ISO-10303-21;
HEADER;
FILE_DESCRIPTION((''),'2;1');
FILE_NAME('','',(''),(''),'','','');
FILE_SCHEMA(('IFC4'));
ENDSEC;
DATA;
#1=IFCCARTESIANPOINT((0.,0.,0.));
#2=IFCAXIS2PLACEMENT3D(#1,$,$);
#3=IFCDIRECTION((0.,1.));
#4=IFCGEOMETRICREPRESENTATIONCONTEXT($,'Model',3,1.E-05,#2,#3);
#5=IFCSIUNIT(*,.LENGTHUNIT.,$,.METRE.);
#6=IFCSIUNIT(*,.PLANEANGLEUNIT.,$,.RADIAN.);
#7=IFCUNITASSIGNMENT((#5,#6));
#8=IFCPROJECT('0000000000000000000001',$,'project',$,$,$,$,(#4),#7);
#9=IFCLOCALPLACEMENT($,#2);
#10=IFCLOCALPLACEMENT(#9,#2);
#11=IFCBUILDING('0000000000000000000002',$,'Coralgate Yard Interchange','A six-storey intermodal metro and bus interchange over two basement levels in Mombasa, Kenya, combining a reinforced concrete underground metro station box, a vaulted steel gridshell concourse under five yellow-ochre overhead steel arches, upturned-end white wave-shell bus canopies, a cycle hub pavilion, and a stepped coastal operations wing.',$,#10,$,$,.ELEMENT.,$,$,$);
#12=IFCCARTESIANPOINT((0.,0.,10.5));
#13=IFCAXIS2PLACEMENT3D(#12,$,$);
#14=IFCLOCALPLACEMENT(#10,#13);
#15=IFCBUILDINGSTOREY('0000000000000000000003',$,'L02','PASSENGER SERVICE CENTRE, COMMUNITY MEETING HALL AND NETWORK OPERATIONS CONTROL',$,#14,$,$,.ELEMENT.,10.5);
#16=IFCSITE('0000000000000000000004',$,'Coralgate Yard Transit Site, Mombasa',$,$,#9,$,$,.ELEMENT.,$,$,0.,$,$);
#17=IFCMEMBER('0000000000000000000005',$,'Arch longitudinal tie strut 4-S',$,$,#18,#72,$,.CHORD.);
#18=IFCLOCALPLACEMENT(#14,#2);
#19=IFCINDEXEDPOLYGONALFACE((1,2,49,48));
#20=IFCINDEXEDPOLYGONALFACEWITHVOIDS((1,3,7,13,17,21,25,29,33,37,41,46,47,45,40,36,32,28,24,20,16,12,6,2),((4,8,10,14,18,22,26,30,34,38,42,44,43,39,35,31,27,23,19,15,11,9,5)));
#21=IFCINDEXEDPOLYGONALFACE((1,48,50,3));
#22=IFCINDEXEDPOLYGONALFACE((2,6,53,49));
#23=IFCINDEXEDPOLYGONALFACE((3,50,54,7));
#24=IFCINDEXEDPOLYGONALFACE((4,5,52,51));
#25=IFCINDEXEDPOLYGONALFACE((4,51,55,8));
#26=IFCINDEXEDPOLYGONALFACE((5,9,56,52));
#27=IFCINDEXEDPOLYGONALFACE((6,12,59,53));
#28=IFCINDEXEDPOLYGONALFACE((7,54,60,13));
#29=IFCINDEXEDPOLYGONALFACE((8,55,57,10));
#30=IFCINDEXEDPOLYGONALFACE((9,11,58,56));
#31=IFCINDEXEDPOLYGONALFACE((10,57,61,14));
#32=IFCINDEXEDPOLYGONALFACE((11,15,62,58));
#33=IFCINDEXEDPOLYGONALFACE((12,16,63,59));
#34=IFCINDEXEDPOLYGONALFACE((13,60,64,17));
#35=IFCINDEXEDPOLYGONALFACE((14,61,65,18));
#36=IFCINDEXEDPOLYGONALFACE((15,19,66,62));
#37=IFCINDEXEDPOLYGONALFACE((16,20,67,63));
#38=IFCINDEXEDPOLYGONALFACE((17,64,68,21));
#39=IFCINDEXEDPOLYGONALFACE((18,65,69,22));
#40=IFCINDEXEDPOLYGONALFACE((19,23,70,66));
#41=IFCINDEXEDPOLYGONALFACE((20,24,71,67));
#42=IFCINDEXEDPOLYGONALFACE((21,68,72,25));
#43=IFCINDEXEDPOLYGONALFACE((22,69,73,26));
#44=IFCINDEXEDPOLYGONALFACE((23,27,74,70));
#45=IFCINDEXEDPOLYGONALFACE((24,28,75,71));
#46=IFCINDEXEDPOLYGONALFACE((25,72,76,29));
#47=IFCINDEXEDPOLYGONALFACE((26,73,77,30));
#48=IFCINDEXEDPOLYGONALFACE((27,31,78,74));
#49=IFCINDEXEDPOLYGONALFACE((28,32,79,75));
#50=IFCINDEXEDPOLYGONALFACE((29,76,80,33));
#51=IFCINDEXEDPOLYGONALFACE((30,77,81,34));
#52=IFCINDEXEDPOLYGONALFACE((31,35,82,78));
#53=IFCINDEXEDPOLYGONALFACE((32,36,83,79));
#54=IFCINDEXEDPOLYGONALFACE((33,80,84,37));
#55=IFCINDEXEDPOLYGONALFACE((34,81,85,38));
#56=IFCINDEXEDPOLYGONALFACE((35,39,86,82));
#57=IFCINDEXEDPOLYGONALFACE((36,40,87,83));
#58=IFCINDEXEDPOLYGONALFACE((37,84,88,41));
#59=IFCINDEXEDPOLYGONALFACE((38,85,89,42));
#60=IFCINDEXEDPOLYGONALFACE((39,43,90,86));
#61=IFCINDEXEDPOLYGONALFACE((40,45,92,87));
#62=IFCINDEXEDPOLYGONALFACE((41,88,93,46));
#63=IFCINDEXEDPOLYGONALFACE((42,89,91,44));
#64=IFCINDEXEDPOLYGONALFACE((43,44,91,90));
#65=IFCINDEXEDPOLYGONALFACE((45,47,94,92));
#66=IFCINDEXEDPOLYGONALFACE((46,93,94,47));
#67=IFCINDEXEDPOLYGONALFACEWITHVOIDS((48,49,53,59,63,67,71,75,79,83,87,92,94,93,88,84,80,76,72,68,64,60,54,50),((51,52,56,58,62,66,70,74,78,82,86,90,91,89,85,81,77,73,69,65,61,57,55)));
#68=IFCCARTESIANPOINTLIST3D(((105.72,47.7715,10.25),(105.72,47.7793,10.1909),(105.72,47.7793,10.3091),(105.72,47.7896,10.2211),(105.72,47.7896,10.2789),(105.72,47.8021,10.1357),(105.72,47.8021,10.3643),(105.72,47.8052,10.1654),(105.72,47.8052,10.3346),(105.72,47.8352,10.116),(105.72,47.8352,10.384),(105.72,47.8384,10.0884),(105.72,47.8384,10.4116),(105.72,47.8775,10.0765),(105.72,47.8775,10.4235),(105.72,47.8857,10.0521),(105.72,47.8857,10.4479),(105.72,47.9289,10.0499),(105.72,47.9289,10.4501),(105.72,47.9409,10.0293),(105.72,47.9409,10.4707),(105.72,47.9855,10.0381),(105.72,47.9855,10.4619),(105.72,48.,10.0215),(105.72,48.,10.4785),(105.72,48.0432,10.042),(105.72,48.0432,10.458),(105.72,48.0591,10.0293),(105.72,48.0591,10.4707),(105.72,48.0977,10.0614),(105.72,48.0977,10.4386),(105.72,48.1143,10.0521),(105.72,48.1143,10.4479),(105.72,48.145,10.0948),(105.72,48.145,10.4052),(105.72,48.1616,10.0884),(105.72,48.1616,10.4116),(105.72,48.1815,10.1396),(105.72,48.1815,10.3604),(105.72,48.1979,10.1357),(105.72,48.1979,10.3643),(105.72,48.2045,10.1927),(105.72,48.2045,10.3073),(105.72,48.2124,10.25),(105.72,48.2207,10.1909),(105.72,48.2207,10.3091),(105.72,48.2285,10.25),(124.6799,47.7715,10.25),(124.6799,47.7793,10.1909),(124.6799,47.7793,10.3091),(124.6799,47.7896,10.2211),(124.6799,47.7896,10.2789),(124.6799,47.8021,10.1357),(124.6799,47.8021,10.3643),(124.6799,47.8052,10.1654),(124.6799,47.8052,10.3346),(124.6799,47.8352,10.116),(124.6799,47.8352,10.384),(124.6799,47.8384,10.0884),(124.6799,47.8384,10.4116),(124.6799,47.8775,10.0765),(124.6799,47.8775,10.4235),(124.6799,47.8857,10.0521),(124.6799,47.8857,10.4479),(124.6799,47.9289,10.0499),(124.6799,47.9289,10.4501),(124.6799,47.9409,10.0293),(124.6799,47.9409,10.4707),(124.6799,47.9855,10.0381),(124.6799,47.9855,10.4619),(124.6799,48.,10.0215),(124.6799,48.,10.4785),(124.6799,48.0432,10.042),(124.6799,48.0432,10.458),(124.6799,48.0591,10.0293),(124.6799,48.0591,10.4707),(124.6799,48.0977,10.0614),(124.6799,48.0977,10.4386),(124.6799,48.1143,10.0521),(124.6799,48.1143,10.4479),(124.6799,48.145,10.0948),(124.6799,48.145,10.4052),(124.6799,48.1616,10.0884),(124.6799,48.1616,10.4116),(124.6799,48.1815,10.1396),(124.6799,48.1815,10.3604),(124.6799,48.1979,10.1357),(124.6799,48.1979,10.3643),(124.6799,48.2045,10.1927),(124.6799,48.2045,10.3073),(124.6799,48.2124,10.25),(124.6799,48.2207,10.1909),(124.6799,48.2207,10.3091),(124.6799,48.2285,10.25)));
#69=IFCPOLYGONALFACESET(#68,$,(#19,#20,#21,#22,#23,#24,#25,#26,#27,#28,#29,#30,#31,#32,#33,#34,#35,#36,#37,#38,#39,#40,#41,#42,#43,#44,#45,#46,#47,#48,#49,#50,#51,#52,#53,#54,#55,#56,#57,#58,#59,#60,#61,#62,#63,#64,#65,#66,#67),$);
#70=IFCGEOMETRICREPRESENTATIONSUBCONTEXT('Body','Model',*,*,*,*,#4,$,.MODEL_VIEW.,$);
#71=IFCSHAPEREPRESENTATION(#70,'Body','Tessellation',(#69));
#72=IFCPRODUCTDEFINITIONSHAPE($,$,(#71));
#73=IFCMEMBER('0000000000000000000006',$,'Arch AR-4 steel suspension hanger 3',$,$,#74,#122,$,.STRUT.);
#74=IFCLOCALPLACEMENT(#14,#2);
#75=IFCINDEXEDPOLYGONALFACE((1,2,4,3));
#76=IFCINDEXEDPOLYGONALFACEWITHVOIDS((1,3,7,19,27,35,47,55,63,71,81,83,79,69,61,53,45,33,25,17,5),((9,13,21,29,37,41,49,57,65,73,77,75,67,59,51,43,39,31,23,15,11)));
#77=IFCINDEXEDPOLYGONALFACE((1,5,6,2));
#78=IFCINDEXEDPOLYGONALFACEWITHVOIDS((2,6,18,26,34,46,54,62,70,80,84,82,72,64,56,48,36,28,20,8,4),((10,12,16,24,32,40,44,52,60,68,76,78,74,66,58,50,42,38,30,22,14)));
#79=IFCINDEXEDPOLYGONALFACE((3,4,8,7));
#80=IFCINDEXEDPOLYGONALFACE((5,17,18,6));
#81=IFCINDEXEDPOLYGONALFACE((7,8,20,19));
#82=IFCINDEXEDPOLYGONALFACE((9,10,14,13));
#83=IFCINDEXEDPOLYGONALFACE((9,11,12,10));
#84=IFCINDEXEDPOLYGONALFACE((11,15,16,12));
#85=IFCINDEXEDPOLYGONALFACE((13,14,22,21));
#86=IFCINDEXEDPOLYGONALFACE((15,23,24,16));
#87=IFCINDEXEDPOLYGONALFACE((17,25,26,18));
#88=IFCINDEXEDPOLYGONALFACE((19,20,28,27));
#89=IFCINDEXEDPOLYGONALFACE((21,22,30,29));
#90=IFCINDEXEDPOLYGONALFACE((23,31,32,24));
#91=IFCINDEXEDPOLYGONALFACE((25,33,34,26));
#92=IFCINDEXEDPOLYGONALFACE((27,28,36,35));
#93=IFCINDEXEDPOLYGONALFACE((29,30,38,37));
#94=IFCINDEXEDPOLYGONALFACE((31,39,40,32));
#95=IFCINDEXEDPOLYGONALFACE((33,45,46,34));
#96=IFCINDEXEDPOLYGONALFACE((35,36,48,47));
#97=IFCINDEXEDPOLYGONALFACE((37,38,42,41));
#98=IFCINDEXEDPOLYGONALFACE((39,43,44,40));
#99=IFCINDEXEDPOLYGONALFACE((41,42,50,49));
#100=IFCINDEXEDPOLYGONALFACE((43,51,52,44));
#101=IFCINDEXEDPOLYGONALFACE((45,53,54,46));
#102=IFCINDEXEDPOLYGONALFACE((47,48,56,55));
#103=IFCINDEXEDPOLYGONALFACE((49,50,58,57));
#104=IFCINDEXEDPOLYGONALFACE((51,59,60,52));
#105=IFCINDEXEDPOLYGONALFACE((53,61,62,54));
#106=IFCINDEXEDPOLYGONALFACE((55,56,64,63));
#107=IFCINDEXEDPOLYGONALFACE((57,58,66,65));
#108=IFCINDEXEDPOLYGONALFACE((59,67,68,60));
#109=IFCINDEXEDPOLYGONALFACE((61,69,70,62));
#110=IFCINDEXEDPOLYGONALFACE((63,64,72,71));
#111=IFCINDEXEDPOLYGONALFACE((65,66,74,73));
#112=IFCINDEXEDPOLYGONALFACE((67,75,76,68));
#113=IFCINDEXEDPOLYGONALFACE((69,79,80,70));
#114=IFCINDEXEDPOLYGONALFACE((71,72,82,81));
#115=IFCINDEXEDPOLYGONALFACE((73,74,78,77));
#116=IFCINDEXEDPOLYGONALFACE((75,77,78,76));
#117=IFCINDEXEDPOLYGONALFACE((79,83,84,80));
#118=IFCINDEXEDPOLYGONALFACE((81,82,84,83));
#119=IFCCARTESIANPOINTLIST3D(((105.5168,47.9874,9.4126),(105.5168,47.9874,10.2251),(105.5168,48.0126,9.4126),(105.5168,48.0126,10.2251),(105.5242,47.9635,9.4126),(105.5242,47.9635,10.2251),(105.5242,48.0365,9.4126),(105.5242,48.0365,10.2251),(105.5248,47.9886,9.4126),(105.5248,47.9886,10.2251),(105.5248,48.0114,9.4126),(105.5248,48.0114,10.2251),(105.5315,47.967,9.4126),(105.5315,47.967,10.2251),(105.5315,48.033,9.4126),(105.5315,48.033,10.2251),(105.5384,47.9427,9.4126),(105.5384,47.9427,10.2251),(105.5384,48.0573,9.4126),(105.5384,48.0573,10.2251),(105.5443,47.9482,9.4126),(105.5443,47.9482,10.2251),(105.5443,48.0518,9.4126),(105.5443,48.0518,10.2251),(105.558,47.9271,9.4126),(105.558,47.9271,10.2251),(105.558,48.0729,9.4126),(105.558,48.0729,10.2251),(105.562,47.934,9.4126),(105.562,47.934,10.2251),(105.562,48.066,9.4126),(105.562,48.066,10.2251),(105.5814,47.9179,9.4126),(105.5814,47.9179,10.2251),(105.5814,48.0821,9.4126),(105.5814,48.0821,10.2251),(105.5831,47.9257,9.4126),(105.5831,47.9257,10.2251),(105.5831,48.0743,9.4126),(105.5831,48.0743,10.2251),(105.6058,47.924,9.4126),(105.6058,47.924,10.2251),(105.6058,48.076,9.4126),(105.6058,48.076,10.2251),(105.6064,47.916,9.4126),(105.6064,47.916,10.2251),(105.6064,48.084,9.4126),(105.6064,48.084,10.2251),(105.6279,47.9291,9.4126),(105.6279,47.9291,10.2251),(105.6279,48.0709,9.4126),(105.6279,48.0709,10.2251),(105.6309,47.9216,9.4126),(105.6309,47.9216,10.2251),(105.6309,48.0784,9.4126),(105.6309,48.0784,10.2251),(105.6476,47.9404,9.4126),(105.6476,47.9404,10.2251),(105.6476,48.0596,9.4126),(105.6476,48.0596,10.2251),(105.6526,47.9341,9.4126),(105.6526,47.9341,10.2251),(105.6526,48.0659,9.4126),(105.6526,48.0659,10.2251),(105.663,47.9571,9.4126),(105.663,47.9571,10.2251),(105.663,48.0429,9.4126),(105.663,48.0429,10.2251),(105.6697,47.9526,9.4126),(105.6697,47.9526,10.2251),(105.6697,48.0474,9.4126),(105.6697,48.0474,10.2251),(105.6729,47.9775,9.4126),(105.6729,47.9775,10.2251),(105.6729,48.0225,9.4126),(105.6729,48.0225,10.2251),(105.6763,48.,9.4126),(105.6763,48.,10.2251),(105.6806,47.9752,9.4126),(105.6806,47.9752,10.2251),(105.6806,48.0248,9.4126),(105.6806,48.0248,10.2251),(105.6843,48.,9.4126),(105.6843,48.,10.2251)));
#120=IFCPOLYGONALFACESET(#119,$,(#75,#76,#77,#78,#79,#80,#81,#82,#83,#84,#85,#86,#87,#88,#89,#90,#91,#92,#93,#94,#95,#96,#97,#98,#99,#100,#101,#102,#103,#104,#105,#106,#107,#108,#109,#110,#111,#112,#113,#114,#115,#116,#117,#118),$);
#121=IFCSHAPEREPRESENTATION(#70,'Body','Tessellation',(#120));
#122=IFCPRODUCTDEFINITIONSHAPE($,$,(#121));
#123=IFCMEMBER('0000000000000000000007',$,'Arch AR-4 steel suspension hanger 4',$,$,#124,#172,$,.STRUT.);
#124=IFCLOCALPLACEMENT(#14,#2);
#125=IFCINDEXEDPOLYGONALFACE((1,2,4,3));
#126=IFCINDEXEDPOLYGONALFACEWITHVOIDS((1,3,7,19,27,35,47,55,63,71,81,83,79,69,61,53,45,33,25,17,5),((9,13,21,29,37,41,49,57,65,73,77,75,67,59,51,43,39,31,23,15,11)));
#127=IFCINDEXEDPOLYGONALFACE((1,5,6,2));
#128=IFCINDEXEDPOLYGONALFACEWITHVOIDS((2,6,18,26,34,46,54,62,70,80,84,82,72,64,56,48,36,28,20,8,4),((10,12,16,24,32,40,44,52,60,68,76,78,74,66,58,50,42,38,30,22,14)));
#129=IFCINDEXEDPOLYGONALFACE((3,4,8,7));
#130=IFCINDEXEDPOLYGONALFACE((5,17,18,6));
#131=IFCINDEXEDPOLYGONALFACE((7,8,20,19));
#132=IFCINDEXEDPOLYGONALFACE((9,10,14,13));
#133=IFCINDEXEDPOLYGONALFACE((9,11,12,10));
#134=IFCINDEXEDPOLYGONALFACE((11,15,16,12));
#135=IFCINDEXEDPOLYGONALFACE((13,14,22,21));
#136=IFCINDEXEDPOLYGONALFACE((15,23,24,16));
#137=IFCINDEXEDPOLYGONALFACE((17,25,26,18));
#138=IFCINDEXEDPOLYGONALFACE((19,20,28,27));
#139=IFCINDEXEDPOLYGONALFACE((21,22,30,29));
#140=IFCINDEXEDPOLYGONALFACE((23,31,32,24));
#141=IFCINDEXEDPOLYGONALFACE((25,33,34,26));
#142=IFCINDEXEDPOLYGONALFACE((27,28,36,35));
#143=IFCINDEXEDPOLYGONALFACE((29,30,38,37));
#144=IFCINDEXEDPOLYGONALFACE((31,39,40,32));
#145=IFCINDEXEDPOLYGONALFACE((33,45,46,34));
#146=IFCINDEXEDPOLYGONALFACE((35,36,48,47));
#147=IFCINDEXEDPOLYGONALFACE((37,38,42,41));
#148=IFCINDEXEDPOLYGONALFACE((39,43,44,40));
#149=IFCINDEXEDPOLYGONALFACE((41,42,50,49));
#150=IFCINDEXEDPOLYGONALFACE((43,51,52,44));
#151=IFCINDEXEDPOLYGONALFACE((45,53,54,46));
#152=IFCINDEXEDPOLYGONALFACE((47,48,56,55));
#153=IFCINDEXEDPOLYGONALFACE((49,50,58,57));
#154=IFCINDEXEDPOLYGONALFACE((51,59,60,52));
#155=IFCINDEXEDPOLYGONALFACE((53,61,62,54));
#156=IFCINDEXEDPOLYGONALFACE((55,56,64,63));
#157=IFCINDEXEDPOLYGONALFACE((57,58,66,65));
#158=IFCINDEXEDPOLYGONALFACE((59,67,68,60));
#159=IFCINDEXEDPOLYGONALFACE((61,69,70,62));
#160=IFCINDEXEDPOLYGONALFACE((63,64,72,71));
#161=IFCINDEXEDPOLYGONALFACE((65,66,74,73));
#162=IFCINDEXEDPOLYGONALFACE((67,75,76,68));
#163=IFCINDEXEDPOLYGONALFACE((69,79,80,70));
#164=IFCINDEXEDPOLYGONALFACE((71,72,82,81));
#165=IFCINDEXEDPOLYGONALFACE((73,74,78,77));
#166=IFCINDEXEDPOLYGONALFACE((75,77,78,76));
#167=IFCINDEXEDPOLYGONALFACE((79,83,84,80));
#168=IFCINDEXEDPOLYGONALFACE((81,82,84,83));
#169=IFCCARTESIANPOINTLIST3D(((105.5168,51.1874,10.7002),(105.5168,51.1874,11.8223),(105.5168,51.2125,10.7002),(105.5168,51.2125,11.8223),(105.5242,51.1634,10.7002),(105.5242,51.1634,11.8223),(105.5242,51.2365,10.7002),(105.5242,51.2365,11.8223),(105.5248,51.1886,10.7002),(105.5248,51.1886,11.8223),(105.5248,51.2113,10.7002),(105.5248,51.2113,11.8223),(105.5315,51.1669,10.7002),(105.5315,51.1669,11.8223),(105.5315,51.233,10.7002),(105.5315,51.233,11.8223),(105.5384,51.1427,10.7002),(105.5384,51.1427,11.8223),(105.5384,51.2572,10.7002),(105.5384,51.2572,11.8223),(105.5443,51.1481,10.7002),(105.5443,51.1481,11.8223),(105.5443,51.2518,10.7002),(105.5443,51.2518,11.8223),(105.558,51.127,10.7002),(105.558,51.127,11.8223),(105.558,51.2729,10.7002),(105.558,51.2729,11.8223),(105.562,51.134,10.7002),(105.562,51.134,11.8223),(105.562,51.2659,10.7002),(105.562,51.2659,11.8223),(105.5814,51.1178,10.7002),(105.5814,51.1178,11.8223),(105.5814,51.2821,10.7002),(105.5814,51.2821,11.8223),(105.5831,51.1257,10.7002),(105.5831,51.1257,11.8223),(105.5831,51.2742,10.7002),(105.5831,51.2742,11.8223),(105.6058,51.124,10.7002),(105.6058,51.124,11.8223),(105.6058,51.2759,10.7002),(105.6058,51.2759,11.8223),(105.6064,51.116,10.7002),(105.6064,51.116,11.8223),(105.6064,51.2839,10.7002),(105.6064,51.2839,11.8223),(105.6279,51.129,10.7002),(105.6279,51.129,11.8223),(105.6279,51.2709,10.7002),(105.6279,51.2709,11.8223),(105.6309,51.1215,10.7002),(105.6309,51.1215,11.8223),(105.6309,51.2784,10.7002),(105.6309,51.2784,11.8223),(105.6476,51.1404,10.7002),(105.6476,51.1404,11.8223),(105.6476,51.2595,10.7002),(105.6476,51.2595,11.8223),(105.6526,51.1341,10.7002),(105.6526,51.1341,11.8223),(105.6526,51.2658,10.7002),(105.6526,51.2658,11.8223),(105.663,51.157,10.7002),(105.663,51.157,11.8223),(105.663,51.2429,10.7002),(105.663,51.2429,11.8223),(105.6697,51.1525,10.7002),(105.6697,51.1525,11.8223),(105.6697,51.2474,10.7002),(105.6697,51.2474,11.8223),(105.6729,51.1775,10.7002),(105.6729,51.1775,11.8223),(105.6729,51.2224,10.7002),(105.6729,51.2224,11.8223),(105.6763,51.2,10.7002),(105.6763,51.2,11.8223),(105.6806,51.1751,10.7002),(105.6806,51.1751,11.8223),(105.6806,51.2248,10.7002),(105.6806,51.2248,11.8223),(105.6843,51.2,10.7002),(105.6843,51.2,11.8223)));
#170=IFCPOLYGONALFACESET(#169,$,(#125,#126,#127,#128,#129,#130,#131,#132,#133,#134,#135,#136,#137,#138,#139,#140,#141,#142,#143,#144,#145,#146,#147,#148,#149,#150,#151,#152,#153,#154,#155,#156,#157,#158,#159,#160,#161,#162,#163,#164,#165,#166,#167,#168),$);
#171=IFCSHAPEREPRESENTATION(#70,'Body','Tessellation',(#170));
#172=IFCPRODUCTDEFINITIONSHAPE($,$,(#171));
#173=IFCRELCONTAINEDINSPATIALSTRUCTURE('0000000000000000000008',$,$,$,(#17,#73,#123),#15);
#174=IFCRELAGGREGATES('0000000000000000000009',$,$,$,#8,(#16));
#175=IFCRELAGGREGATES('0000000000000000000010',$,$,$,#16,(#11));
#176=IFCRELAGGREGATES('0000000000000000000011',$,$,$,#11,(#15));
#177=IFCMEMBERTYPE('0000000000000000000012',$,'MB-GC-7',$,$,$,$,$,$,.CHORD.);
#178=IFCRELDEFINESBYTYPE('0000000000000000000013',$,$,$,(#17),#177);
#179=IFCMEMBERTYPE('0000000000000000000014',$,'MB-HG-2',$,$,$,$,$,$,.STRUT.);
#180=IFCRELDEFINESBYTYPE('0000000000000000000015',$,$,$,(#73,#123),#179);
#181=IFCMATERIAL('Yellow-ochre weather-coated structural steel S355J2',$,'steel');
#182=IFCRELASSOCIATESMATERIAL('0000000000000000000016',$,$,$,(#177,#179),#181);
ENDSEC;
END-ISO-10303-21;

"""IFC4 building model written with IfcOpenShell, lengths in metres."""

from ifc_helpers import new_model, si_unit, direction, frame, origin, origin_2d, place, context, subcontext, project, spatial, hollow_circle, extrude, material, material_profile, profile_set, type_object, element, save


model = new_model("IFC4")

# Units and contexts
model_context = context("Model", 3, precision=1e-05, world=origin(), true_north=direction((0.0, 1.0)))
body_context = subcontext(model_context, "Body", "Model", "MODEL_VIEW")
ifc_project = project(units=[si_unit("LENGTHUNIT", "METRE"), si_unit("PLANEANGLEUNIT", "RADIAN")], contexts=[model_context])

# Site, building, storey
site_placement = place(None, origin())
site = spatial("IfcSite", under=ifc_project, at=site_placement, Name="Coralgate Yard Transit Site, Mombasa", CompositionType="ELEMENT", RefElevation=0.0)
building_placement = place(site_placement, origin())
building = spatial("IfcBuilding", under=site, at=building_placement, Name="Coralgate Yard Interchange", Description="A six-storey intermodal metro and bus interchange over two basement levels in Mombasa, Kenya, combining a reinforced concrete underground metro station box, a vaulted steel gridshell concourse under five yellow-ochre overhead steel arches, upturned-end white wave-shell bus canopies, a cycle hub pavilion, and a stepped coastal operations wing.", CompositionType="ELEMENT")
storey_placement = place(building_placement, frame((0.0, 0.0, 10.5)))
storey = spatial("IfcBuildingStorey", under=building, at=storey_placement, Name="L02", Description="PASSENGER SERVICE CENTRE, COMMUNITY MEETING HALL AND NETWORK OPERATIONS CONTROL", CompositionType="ELEMENT", Elevation=10.5)

# Shared definitions
ifc_material_1 = material(Name="Yellow-ochre weather-coated structural steel S355J2", Category="steel")

# Members
ifc_material_profile_1 = material_profile(ifc_material_1, hollow_circle(Radius=0.2285, WallThickness=0.0161, at=origin_2d()), Name="CHS 457x16")
ifc_profile_set_1 = profile_set([ifc_material_profile_1], Name="Yellow-ochre weather-coated structural steel S355J2")
member_type_1 = type_object("IfcMemberType", Name="MB-GC-7", PredefinedType="CHORD", material=ifc_profile_set_1)
member_1_placement = place(storey_placement, frame((105.72, 48.0, 10.25), z_axis=(1.0, 0.0, 0.0), x_axis=(0.0, 1.0, 0.0)))
element("IfcMember", 1, at=member_1_placement, inside=storey, type_object=member_type_1, Name="Arch longitudinal tie strut 4-S", PredefinedType="CHORD", context=body_context, shape_type="SweptSolid", body=[
    extrude(hollow_circle(Radius=0.2285, WallThickness=0.0161, at=origin_2d()), origin(), (0.0, 0.0, 1.0), 18.96),
])
ifc_material_profile_2 = material_profile(ifc_material_1, hollow_circle(Radius=0.0842, WallThickness=0.0081, at=origin_2d()), Name="CHS 168.3x8")
ifc_profile_set_2 = profile_set([ifc_material_profile_2], Name="Yellow-ochre weather-coated structural steel S355J2")
member_type_2 = type_object("IfcMemberType", Name="MB-HG-2", PredefinedType="STRUT", material=ifc_profile_set_2)
member_2_placement = place(storey_placement, frame((105.6001, 48.0, 9.4126), z_axis=(0.0, 0.0, 1.0), x_axis=(1.0, 0.0, 0.0)))
element("IfcMember", 2, at=member_2_placement, inside=storey, type_object=member_type_2, Name="Arch AR-4 steel suspension hanger 3", PredefinedType="STRUT", context=body_context, shape_type="SweptSolid", body=[
    extrude(hollow_circle(Radius=0.0842, WallThickness=0.0081, at=origin_2d()), origin(), (0.0, 0.0, 1.0), 0.8125),
])
member_3_placement = place(storey_placement, frame((105.6001, 51.2, 10.7002), z_axis=(0.0, 0.0, 1.0), x_axis=(1.0, 0.0, 0.0)))
element("IfcMember", 3, at=member_3_placement, inside=storey, type_object=member_type_2, Name="Arch AR-4 steel suspension hanger 4", PredefinedType="STRUT", context=body_context, shape_type="SweptSolid", body=[
    extrude(hollow_circle(Radius=0.0842, WallThickness=0.0081, at=origin_2d()), origin(), (0.0, 0.0, 1.0), 1.1221),
])

save(model, "model.ifc")
